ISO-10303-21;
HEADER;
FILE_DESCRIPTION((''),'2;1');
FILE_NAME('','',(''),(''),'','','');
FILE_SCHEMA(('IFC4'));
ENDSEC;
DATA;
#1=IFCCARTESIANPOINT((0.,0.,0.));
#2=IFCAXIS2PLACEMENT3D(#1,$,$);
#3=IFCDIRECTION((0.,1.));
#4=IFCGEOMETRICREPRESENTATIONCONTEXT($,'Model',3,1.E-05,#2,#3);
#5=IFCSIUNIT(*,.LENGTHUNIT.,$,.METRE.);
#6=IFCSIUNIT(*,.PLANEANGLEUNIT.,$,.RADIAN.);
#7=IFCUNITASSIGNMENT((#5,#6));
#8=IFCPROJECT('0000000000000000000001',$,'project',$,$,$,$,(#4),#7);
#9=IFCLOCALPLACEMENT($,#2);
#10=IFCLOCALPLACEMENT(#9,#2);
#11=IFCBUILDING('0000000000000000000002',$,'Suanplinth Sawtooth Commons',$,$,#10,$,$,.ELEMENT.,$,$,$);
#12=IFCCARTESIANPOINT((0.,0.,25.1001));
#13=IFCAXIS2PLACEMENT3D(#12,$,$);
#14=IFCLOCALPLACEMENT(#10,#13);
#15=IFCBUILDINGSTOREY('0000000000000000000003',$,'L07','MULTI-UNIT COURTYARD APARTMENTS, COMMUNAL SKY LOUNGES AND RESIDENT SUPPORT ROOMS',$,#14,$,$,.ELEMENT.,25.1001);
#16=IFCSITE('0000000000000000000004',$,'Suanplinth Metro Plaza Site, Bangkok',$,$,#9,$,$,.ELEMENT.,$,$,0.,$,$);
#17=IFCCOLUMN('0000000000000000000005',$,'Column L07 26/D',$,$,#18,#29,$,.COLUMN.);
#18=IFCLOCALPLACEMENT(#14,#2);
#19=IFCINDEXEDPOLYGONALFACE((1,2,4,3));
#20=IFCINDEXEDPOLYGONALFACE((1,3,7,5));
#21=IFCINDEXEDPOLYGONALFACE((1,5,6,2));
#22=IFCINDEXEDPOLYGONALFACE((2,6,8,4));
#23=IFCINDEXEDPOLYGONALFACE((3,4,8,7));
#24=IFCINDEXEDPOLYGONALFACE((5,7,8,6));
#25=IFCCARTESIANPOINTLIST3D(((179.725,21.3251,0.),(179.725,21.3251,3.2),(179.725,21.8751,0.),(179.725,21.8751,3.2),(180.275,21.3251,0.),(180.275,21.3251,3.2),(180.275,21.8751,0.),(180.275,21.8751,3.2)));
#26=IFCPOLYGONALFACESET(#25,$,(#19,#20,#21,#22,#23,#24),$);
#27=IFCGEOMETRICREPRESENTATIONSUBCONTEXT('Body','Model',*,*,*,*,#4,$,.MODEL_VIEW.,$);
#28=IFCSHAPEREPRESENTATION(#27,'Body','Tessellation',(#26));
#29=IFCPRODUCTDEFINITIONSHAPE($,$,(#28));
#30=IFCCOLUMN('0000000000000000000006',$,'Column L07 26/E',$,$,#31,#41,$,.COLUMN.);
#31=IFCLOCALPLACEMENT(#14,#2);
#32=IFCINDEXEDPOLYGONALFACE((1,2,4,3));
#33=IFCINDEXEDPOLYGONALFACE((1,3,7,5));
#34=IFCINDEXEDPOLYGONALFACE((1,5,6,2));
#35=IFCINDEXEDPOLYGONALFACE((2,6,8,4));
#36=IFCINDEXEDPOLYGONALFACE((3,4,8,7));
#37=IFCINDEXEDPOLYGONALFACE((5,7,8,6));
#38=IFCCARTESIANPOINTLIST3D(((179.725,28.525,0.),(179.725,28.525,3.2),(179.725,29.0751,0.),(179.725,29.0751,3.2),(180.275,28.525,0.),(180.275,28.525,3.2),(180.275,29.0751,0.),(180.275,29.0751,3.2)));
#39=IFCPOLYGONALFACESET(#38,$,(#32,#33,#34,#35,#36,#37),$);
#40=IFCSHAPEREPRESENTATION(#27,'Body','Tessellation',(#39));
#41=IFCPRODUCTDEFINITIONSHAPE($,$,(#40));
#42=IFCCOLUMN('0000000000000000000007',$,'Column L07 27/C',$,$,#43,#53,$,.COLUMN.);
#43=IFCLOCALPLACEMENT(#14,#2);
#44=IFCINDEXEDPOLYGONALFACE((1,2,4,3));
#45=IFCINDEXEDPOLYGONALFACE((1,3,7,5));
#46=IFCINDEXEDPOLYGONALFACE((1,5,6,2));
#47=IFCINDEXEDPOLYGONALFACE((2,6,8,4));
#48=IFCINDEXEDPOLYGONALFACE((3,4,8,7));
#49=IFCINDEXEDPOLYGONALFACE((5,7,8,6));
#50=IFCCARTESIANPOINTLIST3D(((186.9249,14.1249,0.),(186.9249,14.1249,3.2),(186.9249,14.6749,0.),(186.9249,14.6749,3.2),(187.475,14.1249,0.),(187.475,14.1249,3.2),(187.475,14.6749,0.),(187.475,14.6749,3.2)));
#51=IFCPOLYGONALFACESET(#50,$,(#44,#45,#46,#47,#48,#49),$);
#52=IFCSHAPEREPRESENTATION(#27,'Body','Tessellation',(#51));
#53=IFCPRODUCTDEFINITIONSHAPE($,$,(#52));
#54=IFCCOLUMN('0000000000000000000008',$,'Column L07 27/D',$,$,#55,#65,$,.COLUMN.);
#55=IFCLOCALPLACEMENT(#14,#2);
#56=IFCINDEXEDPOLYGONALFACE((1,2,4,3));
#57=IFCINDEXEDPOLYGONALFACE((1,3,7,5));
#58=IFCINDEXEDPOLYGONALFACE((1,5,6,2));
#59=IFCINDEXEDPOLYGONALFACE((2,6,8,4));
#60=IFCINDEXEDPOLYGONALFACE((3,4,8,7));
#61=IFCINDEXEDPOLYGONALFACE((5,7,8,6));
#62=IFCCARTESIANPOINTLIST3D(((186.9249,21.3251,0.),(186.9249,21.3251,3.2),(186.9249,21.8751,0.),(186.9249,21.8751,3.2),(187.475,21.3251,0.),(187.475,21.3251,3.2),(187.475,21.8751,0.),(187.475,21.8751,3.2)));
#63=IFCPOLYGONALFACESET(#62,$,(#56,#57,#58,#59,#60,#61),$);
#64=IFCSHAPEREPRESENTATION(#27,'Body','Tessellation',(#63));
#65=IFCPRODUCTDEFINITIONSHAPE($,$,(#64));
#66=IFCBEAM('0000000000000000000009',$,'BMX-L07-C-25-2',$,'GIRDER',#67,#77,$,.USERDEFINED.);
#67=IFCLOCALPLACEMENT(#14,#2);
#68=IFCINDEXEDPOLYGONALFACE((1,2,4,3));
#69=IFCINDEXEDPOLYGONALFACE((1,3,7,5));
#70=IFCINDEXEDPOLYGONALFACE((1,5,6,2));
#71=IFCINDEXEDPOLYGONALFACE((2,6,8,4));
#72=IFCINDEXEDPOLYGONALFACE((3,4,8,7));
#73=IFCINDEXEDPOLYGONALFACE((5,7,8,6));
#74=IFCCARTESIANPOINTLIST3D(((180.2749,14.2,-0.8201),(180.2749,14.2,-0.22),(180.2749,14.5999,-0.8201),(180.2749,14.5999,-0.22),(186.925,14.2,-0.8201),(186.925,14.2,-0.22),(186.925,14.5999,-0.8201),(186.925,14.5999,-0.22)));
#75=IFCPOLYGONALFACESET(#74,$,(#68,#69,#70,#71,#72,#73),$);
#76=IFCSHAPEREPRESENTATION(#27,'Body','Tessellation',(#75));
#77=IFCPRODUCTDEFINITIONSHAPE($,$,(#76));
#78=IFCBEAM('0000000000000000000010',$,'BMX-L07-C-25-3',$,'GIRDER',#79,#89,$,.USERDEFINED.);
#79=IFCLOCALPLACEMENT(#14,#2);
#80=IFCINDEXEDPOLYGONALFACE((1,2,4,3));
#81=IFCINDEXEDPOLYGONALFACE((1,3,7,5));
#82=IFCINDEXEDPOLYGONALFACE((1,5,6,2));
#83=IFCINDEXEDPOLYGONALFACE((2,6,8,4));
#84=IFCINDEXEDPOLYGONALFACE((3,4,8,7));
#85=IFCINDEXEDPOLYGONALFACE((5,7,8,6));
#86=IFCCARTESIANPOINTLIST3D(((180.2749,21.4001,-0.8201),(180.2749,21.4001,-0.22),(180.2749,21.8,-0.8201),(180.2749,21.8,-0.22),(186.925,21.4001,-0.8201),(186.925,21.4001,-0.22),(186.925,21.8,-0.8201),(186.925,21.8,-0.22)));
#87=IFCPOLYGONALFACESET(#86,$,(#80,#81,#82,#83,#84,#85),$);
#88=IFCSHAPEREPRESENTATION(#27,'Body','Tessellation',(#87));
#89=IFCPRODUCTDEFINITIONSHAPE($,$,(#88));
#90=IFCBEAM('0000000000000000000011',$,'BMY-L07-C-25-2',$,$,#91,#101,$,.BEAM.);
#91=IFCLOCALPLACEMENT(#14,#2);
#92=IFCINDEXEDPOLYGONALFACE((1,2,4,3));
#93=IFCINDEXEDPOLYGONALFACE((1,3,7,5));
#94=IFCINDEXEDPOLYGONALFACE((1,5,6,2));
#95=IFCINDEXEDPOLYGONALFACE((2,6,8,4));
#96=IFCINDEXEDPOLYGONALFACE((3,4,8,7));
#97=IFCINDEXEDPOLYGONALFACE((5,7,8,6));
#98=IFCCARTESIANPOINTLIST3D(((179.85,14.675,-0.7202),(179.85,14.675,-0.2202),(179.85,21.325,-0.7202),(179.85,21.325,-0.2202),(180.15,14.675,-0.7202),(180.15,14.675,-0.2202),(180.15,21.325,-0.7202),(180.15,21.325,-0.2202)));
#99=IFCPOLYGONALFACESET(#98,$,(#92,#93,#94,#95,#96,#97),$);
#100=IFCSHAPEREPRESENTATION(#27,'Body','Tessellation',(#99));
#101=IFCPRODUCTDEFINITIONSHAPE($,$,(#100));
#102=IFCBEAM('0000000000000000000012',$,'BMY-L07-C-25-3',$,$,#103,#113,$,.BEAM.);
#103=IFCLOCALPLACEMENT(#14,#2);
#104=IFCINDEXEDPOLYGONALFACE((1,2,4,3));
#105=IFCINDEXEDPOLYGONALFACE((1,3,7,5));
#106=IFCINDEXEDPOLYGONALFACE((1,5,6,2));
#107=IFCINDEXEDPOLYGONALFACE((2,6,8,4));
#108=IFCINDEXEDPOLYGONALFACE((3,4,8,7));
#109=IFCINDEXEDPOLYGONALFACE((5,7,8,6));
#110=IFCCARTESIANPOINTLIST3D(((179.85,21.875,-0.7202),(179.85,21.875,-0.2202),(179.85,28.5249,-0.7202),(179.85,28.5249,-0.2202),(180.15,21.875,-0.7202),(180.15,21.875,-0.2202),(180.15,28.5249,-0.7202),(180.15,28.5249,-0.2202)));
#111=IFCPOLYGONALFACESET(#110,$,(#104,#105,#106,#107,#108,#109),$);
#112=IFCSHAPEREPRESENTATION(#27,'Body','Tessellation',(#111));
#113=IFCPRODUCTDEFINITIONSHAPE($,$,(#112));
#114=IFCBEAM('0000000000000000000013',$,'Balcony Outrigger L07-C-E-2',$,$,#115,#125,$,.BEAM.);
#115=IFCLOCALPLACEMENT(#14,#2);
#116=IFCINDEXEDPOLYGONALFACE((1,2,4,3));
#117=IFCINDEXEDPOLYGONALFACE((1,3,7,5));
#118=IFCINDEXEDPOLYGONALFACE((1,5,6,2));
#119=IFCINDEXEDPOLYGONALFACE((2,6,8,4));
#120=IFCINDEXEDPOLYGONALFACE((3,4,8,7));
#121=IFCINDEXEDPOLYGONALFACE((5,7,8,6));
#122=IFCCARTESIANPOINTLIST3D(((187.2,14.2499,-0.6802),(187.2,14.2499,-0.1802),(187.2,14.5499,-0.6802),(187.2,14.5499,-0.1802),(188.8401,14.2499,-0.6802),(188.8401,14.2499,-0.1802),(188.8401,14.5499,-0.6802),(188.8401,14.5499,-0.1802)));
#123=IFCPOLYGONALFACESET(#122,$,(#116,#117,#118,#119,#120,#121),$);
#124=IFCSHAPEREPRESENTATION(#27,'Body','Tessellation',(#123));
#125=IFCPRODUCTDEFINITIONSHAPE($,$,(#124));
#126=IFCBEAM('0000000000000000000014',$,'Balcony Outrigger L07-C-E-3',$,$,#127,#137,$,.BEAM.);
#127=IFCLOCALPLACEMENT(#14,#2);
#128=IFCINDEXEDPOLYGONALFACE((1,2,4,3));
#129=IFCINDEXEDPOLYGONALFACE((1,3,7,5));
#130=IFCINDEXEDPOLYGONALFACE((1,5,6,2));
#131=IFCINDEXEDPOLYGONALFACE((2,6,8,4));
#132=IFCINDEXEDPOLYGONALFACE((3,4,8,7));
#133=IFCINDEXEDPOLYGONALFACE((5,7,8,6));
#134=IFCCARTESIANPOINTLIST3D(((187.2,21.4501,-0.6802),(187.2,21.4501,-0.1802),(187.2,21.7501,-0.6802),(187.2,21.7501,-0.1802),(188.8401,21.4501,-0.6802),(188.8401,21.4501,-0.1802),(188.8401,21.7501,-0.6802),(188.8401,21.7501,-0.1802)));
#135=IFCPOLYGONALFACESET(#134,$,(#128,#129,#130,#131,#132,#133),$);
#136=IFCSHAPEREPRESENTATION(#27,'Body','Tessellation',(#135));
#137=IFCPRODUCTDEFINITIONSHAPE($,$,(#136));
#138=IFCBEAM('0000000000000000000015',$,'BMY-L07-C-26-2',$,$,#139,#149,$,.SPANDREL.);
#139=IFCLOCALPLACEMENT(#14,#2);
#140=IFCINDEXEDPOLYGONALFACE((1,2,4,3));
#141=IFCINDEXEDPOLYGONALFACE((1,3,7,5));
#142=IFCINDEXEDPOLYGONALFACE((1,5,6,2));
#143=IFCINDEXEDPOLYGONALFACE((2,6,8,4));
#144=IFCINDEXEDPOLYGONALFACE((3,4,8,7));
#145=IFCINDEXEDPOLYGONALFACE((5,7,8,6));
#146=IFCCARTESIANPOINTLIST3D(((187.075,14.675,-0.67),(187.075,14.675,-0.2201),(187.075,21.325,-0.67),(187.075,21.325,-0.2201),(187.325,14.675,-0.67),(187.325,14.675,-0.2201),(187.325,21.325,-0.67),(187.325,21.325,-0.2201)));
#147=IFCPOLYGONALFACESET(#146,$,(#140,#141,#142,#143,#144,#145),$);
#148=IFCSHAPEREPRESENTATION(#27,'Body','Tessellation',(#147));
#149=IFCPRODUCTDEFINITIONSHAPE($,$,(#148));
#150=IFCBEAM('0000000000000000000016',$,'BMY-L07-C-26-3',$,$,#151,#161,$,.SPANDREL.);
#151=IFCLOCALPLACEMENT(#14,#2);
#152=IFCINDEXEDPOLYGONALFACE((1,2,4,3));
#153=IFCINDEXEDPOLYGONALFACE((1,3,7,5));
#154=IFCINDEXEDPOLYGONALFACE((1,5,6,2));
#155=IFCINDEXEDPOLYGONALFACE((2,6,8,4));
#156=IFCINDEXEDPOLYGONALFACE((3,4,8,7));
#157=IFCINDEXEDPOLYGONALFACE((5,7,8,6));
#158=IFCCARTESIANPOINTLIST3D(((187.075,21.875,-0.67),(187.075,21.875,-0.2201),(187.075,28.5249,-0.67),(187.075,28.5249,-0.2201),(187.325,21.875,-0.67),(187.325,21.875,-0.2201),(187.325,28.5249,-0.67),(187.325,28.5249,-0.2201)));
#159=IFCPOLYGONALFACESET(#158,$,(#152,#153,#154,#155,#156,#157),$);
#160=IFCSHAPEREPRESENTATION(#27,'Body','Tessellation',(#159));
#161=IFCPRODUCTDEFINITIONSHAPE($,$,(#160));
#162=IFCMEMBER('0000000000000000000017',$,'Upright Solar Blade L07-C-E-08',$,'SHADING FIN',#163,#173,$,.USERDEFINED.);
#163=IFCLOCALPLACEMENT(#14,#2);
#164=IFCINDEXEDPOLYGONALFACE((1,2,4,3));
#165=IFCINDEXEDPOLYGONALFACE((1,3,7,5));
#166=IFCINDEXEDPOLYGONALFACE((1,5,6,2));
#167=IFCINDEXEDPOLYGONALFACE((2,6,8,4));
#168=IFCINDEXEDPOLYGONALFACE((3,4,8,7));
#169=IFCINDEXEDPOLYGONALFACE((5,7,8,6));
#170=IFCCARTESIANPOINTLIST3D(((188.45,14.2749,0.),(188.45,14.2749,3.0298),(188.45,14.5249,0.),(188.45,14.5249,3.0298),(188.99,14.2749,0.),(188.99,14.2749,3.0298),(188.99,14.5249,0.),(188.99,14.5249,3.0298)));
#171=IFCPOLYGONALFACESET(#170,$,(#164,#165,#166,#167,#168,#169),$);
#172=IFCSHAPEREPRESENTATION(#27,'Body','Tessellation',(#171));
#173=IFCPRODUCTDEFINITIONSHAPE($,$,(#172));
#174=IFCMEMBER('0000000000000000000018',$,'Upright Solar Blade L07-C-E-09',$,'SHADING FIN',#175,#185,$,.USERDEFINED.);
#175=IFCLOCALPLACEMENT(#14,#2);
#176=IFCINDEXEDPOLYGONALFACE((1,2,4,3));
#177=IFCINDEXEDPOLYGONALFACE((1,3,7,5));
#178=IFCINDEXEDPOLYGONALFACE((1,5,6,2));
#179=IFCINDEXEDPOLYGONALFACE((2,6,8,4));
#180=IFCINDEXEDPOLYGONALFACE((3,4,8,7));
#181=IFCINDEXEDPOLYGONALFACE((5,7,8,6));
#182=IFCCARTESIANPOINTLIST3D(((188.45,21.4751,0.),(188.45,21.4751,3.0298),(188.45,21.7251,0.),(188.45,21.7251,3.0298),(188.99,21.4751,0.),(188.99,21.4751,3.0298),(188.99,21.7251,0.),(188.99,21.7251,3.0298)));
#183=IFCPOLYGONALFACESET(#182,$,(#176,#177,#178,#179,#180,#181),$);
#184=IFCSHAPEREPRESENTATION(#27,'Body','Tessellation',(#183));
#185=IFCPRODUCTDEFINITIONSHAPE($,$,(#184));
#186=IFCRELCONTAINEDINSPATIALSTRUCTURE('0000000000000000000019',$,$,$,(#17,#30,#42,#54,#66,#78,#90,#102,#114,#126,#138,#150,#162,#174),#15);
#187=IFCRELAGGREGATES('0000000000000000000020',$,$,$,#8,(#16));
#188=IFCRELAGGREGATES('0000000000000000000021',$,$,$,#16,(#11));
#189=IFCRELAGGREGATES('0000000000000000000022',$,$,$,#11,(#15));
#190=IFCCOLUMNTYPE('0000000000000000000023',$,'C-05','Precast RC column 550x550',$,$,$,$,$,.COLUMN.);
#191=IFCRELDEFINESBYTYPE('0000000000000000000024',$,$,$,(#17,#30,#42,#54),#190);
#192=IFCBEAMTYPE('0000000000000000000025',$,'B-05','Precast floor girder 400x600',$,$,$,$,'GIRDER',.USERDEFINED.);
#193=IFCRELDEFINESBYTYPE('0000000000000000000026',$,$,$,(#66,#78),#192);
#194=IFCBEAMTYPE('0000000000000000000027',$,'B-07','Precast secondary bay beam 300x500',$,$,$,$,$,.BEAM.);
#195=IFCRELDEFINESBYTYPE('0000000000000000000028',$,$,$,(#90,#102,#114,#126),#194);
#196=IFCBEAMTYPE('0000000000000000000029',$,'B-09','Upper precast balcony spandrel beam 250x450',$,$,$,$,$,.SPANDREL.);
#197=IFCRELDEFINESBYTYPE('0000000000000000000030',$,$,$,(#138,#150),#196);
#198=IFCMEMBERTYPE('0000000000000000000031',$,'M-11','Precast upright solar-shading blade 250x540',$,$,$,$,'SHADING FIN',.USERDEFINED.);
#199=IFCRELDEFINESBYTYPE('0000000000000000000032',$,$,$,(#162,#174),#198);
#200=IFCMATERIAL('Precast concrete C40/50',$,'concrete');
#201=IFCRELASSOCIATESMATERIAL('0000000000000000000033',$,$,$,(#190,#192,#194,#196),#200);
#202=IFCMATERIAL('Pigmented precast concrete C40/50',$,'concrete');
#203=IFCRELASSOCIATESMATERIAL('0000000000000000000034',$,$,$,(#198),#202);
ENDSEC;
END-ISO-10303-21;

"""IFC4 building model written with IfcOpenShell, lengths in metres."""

from ifc_helpers import new_model, si_unit, direction, frame, origin, origin_2d, place, context, subcontext, project, spatial, rectangle, extrude, material, material_profile, profile_set, type_object, element, save


model = new_model("IFC4")

# Units and contexts
model_context = context("Model", 3, precision=1e-05, world=origin(), true_north=direction((0.0, 1.0)))
body_context = subcontext(model_context, "Body", "Model", "MODEL_VIEW")
ifc_project = project(units=[si_unit("LENGTHUNIT", "METRE"), si_unit("PLANEANGLEUNIT", "RADIAN")], contexts=[model_context])

# Site, building, storey
site_placement = place(None, origin())
site = spatial("IfcSite", under=ifc_project, at=site_placement, Name="Suanplinth Metro Plaza Site, Bangkok", CompositionType="ELEMENT", RefElevation=0.0)
building_placement = place(site_placement, origin())
building = spatial("IfcBuilding", under=site, at=building_placement, Name="Suanplinth Sawtooth Commons", CompositionType="ELEMENT")
storey_placement = place(building_placement, frame((0.0, 0.0, 25.1001)))
storey = spatial("IfcBuildingStorey", under=building, at=storey_placement, Name="L07", Description="MULTI-UNIT COURTYARD APARTMENTS, COMMUNAL SKY LOUNGES AND RESIDENT SUPPORT ROOMS", CompositionType="ELEMENT", Elevation=25.1001)

# Columns
ifc_material_1 = material(Name="Precast concrete C40/50", Category="concrete")
ifc_material_profile_1 = material_profile(ifc_material_1, rectangle(XDim=0.55, YDim=0.55, at=origin_2d()), Name="PC-COL 550x550")
ifc_profile_set_1 = profile_set([ifc_material_profile_1], Name="Precast concrete C40/50")
column_type = type_object("IfcColumnType", Name="C-05", Description="Precast RC column 550x550", PredefinedType="COLUMN", material=ifc_profile_set_1)
for number, where, z_axis, x_axis, name in (
    (1, (180.0, 21.6001, 0.0), (0.0, 0.0, 1.0), (1.0, 0.0, 0.0), "Column L07 26/D"),
    (2, (180.0, 28.8, 0.0), (0.0, 0.0, 1.0), (1.0, 0.0, 0.0), "Column L07 26/E"),
    (3, (187.2, 14.3999, 0.0), (0.0, 0.0, 1.0), (1.0, 0.0, 0.0), "Column L07 27/C"),
    (4, (187.2, 21.6001, 0.0), (0.0, 0.0, 1.0), (1.0, 0.0, 0.0), "Column L07 27/D"),
):
    element("IfcColumn", number, at=place(storey_placement, frame(where, z_axis=z_axis, x_axis=x_axis)), inside=storey, type_object=column_type, Name=name, PredefinedType="COLUMN", context=body_context, shape_type="SweptSolid", body=[
        extrude(rectangle(XDim=0.55, YDim=0.55, at=origin_2d()), origin(), (0.0, 0.0, 1.0), 3.2),
    ])

# Beams
ifc_material_profile_2 = material_profile(ifc_material_1, rectangle(XDim=0.3999, YDim=0.6001, at=origin_2d()), Name="PC-GDR 400x600")
ifc_profile_set_2 = profile_set([ifc_material_profile_2], Name="Precast concrete C40/50")
beam_type_1 = type_object("IfcBeamType", Name="B-05", Description="Precast floor girder 400x600", ElementType="GIRDER", PredefinedType="USERDEFINED", material=ifc_profile_set_2)
for number, where, z_axis, x_axis, name in (
    (5, (180.2749, 14.3999, -0.52), (1.0, 0.0, 0.0), (0.0, 1.0, 0.0), "BMX-L07-C-25-2"),
    (6, (180.2749, 21.6001, -0.52), (1.0, 0.0, 0.0), (0.0, 1.0, 0.0), "BMX-L07-C-25-3"),
):
    element("IfcBeam", number, at=place(storey_placement, frame(where, z_axis=z_axis, x_axis=x_axis)), inside=storey, type_object=beam_type_1, Name=name, ObjectType="GIRDER", PredefinedType="USERDEFINED", context=body_context, shape_type="SweptSolid", body=[
        extrude(rectangle(XDim=0.3999, YDim=0.6001, at=origin_2d()), origin(), (0.0, 0.0, 1.0), 6.6501),
    ])
ifc_material_profile_3 = material_profile(ifc_material_1, rectangle(XDim=0.3, YDim=0.5, at=origin_2d()), Name="PC-BM 300x500")
ifc_profile_set_3 = profile_set([ifc_material_profile_3], Name="Precast concrete C40/50")
beam_type_2 = type_object("IfcBeamType", Name="B-07", Description="Precast secondary bay beam 300x500", PredefinedType="BEAM", material=ifc_profile_set_3)
for number, where, z_axis, x_axis, name in (
    (7, (180.0, 14.675, -0.4702), (0.0, 1.0, 0.0), (-1.0, 0.0, 0.0), "BMY-L07-C-25-2"),
    (8, (180.0, 21.875, -0.4702), (0.0, 1.0, 0.0), (-1.0, 0.0, 0.0), "BMY-L07-C-25-3"),
):
    element("IfcBeam", number, at=place(storey_placement, frame(where, z_axis=z_axis, x_axis=x_axis)), inside=storey, type_object=beam_type_2, Name=name, PredefinedType="BEAM", context=body_context, shape_type="SweptSolid", body=[
        extrude(rectangle(XDim=0.3, YDim=0.5, at=origin_2d()), origin(), (0.0, 0.0, 1.0), 6.6499),
    ])
for number, where, z_axis, x_axis, name in (
    (9, (187.2, 14.3999, -0.4302), (1.0, 0.0, 0.0), (0.0, 1.0, 0.0), "Balcony Outrigger L07-C-E-2"),
    (10, (187.2, 21.6001, -0.4302), (1.0, 0.0, 0.0), (0.0, 1.0, 0.0), "Balcony Outrigger L07-C-E-3"),
):
    element("IfcBeam", number, at=place(storey_placement, frame(where, z_axis=z_axis, x_axis=x_axis)), inside=storey, type_object=beam_type_2, Name=name, PredefinedType="BEAM", context=body_context, shape_type="SweptSolid", body=[
        extrude(rectangle(XDim=0.3, YDim=0.5, at=origin_2d()), origin(), (0.0, 0.0, 1.0), 1.6401),
    ])
ifc_material_profile_4 = material_profile(ifc_material_1, rectangle(XDim=0.25, YDim=0.45, at=origin_2d()), Name="PC-SP 250x450")
ifc_profile_set_4 = profile_set([ifc_material_profile_4], Name="Precast concrete C40/50")
beam_type_3 = type_object("IfcBeamType", Name="B-09", Description="Upper precast balcony spandrel beam 250x450", PredefinedType="SPANDREL", material=ifc_profile_set_4)
for number, where, z_axis, x_axis, name in (
    (11, (187.2, 14.675, -0.4451), (0.0, 1.0, 0.0), (-1.0, 0.0, 0.0), "BMY-L07-C-26-2"),
    (12, (187.2, 21.875, -0.4451), (0.0, 1.0, 0.0), (-1.0, 0.0, 0.0), "BMY-L07-C-26-3"),
):
    element("IfcBeam", number, at=place(storey_placement, frame(where, z_axis=z_axis, x_axis=x_axis)), inside=storey, type_object=beam_type_3, Name=name, PredefinedType="SPANDREL", context=body_context, shape_type="SweptSolid", body=[
        extrude(rectangle(XDim=0.25, YDim=0.45, at=origin_2d()), origin(), (0.0, 0.0, 1.0), 6.6499),
    ])

# Members
ifc_material_2 = material(Name="Pigmented precast concrete C40/50", Category="concrete")
ifc_material_profile_5 = material_profile(ifc_material_2, rectangle(XDim=0.25, YDim=0.54, at=origin_2d()), Name="PC-FIN 250x540")
ifc_profile_set_5 = profile_set([ifc_material_profile_5], Name="Pigmented precast concrete C40/50")
member_type = type_object("IfcMemberType", Name="M-11", Description="Precast upright solar-shading blade 250x540", ElementType="SHADING FIN", PredefinedType="USERDEFINED", material=ifc_profile_set_5)
for number, where, z_axis, x_axis, name in (
    (13, (188.72, 14.3999, 0.0), (0.0, 0.0, 1.0), (0.0, 1.0, 0.0), "Upright Solar Blade L07-C-E-08"),
    (14, (188.72, 21.6001, 0.0), (0.0, 0.0, 1.0), (0.0, 1.0, 0.0), "Upright Solar Blade L07-C-E-09"),
):
    element("IfcMember", number, at=place(storey_placement, frame(where, z_axis=z_axis, x_axis=x_axis)), inside=storey, type_object=member_type, Name=name, ObjectType="SHADING FIN", PredefinedType="USERDEFINED", context=body_context, shape_type="SweptSolid", body=[
        extrude(rectangle(XDim=0.25, YDim=0.54, at=origin_2d()), origin(), (0.0, 0.0, 1.0), 3.0298),
    ])

save(model, "model.ifc")
